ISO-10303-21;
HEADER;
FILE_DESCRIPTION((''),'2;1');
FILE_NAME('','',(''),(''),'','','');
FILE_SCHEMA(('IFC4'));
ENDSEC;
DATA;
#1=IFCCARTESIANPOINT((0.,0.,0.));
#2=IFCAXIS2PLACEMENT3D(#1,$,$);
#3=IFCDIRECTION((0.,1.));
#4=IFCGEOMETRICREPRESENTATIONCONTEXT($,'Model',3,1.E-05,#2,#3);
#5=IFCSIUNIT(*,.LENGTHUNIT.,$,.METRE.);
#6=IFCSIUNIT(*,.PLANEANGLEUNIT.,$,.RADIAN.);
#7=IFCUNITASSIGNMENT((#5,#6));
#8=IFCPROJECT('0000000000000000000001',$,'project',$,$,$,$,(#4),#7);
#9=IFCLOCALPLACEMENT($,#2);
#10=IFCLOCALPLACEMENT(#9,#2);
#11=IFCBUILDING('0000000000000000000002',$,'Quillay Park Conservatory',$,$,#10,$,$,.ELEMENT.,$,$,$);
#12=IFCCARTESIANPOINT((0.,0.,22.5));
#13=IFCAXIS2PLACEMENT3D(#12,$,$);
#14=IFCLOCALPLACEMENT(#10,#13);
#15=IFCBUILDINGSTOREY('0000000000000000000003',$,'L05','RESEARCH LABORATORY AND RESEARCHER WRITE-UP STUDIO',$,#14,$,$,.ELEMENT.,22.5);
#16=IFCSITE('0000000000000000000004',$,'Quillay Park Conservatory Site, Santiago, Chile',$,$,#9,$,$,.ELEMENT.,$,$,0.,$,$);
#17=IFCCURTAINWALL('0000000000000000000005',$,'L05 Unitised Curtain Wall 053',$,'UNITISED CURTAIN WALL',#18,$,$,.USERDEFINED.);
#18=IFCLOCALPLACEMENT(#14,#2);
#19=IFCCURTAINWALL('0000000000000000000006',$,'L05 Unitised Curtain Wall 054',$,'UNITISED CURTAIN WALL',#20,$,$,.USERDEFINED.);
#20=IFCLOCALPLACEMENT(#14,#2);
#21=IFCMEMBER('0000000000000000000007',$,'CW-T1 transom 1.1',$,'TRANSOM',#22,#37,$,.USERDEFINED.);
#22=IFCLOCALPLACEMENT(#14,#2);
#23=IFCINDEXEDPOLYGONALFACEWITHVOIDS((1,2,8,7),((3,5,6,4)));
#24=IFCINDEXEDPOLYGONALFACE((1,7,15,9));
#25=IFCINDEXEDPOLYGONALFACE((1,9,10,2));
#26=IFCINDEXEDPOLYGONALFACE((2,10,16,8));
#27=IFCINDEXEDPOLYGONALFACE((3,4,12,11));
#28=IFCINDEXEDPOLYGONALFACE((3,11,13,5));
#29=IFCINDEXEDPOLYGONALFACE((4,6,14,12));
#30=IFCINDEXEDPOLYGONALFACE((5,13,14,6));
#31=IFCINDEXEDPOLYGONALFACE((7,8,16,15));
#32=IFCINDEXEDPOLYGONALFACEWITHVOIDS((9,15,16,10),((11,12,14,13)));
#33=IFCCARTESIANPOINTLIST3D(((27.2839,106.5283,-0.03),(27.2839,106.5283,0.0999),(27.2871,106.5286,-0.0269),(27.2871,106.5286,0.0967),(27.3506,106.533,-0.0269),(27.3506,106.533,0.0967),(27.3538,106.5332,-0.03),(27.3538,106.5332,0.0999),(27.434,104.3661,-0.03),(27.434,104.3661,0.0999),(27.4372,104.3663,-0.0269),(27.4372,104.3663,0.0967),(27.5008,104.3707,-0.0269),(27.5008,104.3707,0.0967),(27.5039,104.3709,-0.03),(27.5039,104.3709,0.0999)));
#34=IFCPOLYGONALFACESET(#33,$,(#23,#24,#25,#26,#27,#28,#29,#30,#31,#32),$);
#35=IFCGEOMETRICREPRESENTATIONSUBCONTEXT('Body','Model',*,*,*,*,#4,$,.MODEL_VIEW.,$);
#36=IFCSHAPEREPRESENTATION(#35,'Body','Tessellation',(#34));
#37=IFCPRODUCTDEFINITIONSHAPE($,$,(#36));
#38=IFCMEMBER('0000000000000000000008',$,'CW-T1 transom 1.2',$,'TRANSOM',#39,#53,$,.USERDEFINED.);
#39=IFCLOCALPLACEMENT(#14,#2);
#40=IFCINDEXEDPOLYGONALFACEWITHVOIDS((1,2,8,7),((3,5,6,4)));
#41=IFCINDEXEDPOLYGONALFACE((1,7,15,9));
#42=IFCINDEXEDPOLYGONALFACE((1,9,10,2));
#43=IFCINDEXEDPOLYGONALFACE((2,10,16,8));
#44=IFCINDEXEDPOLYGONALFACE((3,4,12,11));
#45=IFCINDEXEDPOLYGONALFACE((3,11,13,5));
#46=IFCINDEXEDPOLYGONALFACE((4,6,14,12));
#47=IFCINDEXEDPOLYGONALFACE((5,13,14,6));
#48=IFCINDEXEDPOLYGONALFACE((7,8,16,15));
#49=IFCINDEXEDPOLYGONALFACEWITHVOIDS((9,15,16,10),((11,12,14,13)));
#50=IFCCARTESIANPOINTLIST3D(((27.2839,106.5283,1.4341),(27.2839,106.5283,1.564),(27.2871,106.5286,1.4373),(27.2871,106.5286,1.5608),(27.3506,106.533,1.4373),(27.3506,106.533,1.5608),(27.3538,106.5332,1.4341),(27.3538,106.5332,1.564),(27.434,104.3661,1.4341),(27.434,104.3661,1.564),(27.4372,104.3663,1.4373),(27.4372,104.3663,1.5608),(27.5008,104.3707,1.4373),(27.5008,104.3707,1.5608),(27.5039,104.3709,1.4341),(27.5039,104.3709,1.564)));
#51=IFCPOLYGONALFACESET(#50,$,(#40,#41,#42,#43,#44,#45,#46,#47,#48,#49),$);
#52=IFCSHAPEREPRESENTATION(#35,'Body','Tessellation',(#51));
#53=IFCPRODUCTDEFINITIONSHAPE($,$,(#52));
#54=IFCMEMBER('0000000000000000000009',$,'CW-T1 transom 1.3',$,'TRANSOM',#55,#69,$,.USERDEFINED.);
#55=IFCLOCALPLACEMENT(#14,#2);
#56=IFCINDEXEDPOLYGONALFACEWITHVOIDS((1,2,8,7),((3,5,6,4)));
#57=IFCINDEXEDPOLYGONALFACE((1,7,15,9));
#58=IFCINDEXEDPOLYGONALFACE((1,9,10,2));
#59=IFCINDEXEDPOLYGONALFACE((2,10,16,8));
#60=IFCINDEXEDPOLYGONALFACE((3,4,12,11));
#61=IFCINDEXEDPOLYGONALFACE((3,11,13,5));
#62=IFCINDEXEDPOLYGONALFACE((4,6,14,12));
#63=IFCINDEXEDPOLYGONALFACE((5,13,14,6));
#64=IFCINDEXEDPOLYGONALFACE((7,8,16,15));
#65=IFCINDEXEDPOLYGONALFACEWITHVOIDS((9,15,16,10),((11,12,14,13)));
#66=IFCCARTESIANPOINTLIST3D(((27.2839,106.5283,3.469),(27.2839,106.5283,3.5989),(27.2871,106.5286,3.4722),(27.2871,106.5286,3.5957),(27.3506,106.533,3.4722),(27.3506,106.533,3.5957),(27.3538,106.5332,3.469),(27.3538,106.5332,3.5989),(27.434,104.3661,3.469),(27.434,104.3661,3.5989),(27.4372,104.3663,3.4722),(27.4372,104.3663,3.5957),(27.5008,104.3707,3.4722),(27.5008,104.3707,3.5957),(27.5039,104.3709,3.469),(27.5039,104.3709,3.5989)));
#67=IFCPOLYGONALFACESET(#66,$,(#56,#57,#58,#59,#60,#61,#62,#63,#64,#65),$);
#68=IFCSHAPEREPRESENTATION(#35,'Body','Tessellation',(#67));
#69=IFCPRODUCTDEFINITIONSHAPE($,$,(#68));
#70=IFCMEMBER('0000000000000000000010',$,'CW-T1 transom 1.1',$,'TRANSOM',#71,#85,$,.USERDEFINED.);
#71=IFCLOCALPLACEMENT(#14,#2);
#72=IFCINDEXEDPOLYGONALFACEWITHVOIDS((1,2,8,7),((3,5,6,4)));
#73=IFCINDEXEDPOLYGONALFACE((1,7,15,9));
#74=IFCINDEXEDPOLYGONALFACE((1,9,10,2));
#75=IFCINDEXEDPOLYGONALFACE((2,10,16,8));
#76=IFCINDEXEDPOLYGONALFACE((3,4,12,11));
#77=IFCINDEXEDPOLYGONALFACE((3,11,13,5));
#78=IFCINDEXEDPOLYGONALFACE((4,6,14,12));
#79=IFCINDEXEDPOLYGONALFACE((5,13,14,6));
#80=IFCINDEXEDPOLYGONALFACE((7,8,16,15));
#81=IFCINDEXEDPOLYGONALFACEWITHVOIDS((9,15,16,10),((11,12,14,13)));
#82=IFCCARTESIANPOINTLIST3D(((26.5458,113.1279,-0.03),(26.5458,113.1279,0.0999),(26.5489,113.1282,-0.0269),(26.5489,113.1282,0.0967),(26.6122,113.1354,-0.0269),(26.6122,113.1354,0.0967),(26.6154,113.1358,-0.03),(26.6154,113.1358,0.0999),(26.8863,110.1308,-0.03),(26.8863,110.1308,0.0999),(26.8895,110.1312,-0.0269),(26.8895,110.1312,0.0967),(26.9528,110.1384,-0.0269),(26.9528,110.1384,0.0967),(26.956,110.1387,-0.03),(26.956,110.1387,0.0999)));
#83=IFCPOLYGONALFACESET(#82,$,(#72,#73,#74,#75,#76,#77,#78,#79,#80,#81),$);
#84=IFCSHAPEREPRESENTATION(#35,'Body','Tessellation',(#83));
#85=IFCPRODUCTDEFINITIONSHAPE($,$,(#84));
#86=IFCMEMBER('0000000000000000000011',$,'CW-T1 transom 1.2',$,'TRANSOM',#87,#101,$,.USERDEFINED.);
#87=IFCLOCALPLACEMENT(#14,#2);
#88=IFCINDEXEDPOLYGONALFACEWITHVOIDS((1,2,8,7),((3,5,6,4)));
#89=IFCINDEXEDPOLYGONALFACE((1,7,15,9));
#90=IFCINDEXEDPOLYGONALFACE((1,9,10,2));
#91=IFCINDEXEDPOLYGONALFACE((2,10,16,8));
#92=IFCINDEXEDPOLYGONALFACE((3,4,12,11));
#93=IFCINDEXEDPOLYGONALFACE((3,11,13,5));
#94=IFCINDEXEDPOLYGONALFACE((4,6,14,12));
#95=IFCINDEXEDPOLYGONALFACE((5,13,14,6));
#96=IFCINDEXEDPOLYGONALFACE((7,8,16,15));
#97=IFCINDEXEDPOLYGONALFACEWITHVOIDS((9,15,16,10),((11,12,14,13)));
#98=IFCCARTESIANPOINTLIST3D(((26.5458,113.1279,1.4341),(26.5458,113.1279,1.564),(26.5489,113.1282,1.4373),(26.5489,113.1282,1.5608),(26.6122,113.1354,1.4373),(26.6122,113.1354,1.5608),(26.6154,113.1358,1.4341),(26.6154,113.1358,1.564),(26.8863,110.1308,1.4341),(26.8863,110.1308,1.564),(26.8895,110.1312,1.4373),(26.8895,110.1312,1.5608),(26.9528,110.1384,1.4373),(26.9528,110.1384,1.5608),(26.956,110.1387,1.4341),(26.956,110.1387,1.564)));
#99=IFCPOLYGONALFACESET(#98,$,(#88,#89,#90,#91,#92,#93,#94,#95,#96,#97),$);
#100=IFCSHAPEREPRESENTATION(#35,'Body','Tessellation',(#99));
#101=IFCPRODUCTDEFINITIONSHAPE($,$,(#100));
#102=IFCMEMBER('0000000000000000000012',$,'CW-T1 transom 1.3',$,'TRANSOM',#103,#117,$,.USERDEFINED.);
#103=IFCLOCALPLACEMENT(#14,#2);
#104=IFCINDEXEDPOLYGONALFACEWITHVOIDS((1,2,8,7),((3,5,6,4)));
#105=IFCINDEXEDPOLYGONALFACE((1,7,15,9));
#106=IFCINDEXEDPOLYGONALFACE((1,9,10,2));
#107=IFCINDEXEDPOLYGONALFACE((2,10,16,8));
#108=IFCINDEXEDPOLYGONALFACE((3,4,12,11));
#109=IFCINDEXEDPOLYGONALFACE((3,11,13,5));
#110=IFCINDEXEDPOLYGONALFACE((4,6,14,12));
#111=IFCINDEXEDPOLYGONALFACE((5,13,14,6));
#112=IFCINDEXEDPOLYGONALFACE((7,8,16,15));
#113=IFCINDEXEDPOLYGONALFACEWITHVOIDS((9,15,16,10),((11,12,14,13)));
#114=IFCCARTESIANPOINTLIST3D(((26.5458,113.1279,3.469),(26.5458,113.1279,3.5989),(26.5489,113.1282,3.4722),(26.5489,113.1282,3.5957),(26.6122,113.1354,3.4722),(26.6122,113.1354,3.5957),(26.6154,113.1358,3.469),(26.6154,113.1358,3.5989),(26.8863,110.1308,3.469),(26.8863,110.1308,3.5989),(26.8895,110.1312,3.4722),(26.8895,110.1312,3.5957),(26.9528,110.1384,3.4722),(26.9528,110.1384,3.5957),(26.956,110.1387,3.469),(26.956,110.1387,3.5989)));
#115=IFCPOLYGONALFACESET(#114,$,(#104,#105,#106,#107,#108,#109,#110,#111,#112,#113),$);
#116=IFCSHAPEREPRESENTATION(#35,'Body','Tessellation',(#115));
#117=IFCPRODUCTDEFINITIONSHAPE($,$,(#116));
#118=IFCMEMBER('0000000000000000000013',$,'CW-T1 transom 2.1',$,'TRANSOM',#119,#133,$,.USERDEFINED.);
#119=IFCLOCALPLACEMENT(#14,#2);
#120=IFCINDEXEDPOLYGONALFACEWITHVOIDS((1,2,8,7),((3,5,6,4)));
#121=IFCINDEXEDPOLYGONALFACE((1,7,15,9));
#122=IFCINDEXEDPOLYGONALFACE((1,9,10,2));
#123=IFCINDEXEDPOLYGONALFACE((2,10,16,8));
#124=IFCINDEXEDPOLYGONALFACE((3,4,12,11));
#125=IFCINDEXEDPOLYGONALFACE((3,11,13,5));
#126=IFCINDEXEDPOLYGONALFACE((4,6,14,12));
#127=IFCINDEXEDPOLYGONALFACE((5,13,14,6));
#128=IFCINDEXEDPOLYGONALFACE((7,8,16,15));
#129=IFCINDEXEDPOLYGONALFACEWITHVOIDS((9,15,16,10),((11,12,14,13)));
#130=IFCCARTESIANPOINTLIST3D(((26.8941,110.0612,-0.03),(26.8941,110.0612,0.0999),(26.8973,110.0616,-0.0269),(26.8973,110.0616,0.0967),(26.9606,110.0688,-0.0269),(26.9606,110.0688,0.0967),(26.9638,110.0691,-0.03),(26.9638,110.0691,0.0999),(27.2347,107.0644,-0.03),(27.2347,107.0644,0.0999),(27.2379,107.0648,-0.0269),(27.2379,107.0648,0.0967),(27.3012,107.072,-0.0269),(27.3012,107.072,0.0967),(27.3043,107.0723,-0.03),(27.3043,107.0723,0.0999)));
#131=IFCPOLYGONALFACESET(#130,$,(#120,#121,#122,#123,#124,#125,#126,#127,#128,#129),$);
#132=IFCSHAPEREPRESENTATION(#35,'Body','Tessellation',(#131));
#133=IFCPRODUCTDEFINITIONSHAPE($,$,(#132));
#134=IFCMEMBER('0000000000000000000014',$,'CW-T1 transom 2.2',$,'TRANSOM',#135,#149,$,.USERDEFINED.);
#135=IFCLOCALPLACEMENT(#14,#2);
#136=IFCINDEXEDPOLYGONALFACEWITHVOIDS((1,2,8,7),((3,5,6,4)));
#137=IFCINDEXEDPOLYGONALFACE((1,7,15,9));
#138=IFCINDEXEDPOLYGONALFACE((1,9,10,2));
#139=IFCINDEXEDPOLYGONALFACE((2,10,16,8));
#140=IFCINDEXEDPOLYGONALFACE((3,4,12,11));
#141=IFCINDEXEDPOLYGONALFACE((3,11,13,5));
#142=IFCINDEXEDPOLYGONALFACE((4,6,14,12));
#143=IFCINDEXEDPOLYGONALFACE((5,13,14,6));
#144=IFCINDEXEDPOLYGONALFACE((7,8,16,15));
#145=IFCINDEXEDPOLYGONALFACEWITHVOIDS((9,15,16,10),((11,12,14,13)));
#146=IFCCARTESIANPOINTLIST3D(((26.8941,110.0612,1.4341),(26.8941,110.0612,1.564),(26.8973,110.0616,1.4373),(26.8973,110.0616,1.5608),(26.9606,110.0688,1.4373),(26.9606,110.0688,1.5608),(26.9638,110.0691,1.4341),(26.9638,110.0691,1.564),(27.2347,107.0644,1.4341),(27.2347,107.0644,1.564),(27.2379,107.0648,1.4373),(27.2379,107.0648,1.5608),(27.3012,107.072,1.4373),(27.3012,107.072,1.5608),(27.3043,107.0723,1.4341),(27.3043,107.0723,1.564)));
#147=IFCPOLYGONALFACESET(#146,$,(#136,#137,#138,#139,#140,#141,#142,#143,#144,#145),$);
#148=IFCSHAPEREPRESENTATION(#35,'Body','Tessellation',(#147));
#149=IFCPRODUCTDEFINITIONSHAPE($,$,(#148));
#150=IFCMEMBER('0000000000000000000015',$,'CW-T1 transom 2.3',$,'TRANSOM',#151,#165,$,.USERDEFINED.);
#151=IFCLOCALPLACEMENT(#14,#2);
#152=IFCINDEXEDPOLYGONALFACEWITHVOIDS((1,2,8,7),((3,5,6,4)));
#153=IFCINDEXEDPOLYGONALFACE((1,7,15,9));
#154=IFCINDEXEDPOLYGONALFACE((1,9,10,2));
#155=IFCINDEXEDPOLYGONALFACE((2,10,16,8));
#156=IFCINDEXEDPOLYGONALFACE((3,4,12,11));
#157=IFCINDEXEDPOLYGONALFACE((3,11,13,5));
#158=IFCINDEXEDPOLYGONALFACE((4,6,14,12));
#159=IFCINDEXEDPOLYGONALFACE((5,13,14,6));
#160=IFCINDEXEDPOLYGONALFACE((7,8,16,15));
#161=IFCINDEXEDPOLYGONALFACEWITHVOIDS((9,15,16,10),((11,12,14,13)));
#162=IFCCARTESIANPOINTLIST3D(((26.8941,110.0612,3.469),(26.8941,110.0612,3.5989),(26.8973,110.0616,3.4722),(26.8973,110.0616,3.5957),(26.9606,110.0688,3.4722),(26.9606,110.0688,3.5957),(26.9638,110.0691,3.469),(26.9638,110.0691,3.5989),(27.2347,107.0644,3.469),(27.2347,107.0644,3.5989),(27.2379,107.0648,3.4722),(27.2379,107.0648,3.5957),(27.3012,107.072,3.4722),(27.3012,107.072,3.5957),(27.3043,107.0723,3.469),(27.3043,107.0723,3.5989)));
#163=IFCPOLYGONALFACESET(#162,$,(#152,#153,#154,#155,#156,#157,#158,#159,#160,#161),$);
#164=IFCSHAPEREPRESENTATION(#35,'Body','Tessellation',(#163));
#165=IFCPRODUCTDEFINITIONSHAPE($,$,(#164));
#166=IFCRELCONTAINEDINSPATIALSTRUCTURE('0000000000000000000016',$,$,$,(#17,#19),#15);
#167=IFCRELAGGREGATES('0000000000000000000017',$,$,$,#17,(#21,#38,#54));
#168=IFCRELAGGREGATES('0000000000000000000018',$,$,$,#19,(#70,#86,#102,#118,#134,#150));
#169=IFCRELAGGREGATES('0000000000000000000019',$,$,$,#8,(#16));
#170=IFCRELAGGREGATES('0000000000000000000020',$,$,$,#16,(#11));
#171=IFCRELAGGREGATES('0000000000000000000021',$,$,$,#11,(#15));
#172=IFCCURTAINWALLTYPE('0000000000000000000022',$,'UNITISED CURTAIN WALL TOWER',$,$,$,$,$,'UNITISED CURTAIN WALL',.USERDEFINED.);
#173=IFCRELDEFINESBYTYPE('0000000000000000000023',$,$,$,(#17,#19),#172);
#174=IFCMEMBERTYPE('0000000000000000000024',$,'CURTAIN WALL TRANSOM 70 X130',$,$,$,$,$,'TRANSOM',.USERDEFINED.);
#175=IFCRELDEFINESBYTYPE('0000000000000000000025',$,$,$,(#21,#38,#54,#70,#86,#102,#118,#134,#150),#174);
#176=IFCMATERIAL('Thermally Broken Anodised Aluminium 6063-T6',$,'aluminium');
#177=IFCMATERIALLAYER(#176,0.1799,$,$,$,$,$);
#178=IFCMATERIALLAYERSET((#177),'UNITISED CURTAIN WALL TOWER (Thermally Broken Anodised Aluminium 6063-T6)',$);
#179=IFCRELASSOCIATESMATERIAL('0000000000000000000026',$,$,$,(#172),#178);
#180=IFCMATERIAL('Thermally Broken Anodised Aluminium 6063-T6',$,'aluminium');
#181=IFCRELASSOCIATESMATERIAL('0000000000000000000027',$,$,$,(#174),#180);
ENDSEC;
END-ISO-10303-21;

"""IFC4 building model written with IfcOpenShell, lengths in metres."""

from ifc_helpers import new_model, si_unit, direction, frame, origin, origin_2d, place, context, subcontext, project, spatial, hollow_rectangle, extrude, material, layer, layer_set, material_profile, profile_set, type_object, element, aggregate, save


model = new_model("IFC4")

# Units and contexts
model_context = context("Model", 3, precision=1e-05, world=origin(), true_north=direction((0.0, 1.0)))
body_context = subcontext(model_context, "Body", "Model", "MODEL_VIEW")
ifc_project = project(units=[si_unit("LENGTHUNIT", "METRE"), si_unit("PLANEANGLEUNIT", "RADIAN")], contexts=[model_context])

# Site, building, storey
site_placement = place(None, origin())
site = spatial("IfcSite", under=ifc_project, at=site_placement, Name="Quillay Park Conservatory Site, Santiago, Chile", CompositionType="ELEMENT", RefElevation=0.0)
building_placement = place(site_placement, origin())
building = spatial("IfcBuilding", under=site, at=building_placement, Name="Quillay Park Conservatory", CompositionType="ELEMENT")
storey_placement = place(building_placement, frame((0.0, 0.0, 22.5)))
storey = spatial("IfcBuildingStorey", under=building, at=storey_placement, Name="L05", Description="RESEARCH LABORATORY AND RESEARCHER WRITE-UP STUDIO", CompositionType="ELEMENT", Elevation=22.5)

# Curtain wall
ifc_material_1 = material(Name="Thermally Broken Anodised Aluminium 6063-T6", Category="aluminium")
ifc_layer_1 = layer(ifc_material_1, 0.1799)
ifc_layer_set_1 = layer_set([ifc_layer_1], Name="UNITISED CURTAIN WALL TOWER (Thermally Broken Anodised Aluminium 6063-T6)")
curtain_wall_type = type_object("IfcCurtainWallType", Name="UNITISED CURTAIN WALL TOWER", ElementType="UNITISED CURTAIN WALL", PredefinedType="USERDEFINED", material=ifc_layer_set_1)
curtain_wall_1_placement = place(storey_placement, origin())
curtain_wall_1 = element("IfcCurtainWall", 1, at=curtain_wall_1_placement, inside=storey, type_object=curtain_wall_type, Name="L05 Unitised Curtain Wall 053", ObjectType="UNITISED CURTAIN WALL", PredefinedType="USERDEFINED")

# Curtain wall
curtain_wall_2_placement = place(storey_placement, origin())
curtain_wall_2 = element("IfcCurtainWall", 2, at=curtain_wall_2_placement, inside=storey, type_object=curtain_wall_type, Name="L05 Unitised Curtain Wall 054", ObjectType="UNITISED CURTAIN WALL", PredefinedType="USERDEFINED")

# Members
ifc_material_2 = material(Name="Thermally Broken Anodised Aluminium 6063-T6", Category="aluminium")
ifc_material_profile_1 = material_profile(ifc_material_2, hollow_rectangle(XDim=0.0701, YDim=0.1299, WallThickness=0.0032, at=origin_2d()), Name="AL70x130x3.2")
ifc_profile_set_1 = profile_set([ifc_material_profile_1], Name="Thermally Broken Anodised Aluminium 6063-T6")
member_type_1 = type_object("IfcMemberType", Name="CURTAIN WALL TRANSOM 70 X130", ElementType="TRANSOM", PredefinedType="USERDEFINED", material=ifc_profile_set_1)
member_1_placement = place(storey_placement, frame((27.3188, 106.5308, 0.0349), z_axis=(0.06927, -0.997598, 0.0), x_axis=(0.997598, 0.06927, 0.0)))
member_1 = element("IfcMember", 3, at=member_1_placement, type_object=member_type_1, Name="CW-T1 transom 1.1", ObjectType="TRANSOM", PredefinedType="USERDEFINED", context=body_context, shape_type="SweptSolid", body=[
    extrude(hollow_rectangle(XDim=0.0701, YDim=0.1299, WallThickness=0.0032, at=origin_2d()), origin(), (0.0, 0.0, 1.0), 2.1675),
])
member_2_placement = place(storey_placement, frame((27.3188, 106.5308, 1.499), z_axis=(0.06927, -0.997598, 0.0), x_axis=(0.997598, 0.06927, 0.0)))
member_2 = element("IfcMember", 4, at=member_2_placement, type_object=member_type_1, Name="CW-T1 transom 1.2", ObjectType="TRANSOM", PredefinedType="USERDEFINED", context=body_context, shape_type="SweptSolid", body=[
    extrude(hollow_rectangle(XDim=0.0701, YDim=0.1299, WallThickness=0.0032, at=origin_2d()), origin(), (0.0, 0.0, 1.0), 2.1675),
])
member_3_placement = place(storey_placement, frame((27.3188, 106.5308, 3.5339), z_axis=(0.06927, -0.997598, 0.0), x_axis=(0.997598, 0.06927, 0.0)))
member_3 = element("IfcMember", 5, at=member_3_placement, type_object=member_type_1, Name="CW-T1 transom 1.3", ObjectType="TRANSOM", PredefinedType="USERDEFINED", context=body_context, shape_type="SweptSolid", body=[
    extrude(hollow_rectangle(XDim=0.0701, YDim=0.1299, WallThickness=0.0032, at=origin_2d()), origin(), (0.0, 0.0, 1.0), 2.1675),
])
member_4_placement = place(storey_placement, frame((26.5806, 113.1318, 0.0349), z_axis=(0.11291, -0.993605, 0.0), x_axis=(0.993605, 0.11291, 0.0)))
member_4 = element("IfcMember", 6, at=member_4_placement, type_object=member_type_1, Name="CW-T1 transom 1.1", ObjectType="TRANSOM", PredefinedType="USERDEFINED", context=body_context, shape_type="SweptSolid", body=[
    extrude(hollow_rectangle(XDim=0.0701, YDim=0.1299, WallThickness=0.0032, at=origin_2d()), origin(), (0.0, 0.0, 1.0), 3.0164),
])
member_5_placement = place(storey_placement, frame((26.5806, 113.1318, 1.499), z_axis=(0.11291, -0.993605, 0.0), x_axis=(0.993605, 0.11291, 0.0)))
member_5 = element("IfcMember", 7, at=member_5_placement, type_object=member_type_1, Name="CW-T1 transom 1.2", ObjectType="TRANSOM", PredefinedType="USERDEFINED", context=body_context, shape_type="SweptSolid", body=[
    extrude(hollow_rectangle(XDim=0.0701, YDim=0.1299, WallThickness=0.0032, at=origin_2d()), origin(), (0.0, 0.0, 1.0), 3.0164),
])
member_6_placement = place(storey_placement, frame((26.5806, 113.1318, 3.5339), z_axis=(0.11291, -0.993605, 0.0), x_axis=(0.993605, 0.11291, 0.0)))
member_6 = element("IfcMember", 8, at=member_6_placement, type_object=member_type_1, Name="CW-T1 transom 1.3", ObjectType="TRANSOM", PredefinedType="USERDEFINED", context=body_context, shape_type="SweptSolid", body=[
    extrude(hollow_rectangle(XDim=0.0701, YDim=0.1299, WallThickness=0.0032, at=origin_2d()), origin(), (0.0, 0.0, 1.0), 3.0164),
])
member_7_placement = place(storey_placement, frame((26.929, 110.0652, 0.0349), z_axis=(0.112919, -0.993604, 0.0), x_axis=(0.993604, 0.112919, 0.0)))
member_7 = element("IfcMember", 9, at=member_7_placement, type_object=member_type_1, Name="CW-T1 transom 2.1", ObjectType="TRANSOM", PredefinedType="USERDEFINED", context=body_context, shape_type="SweptSolid", body=[
    extrude(hollow_rectangle(XDim=0.0701, YDim=0.1299, WallThickness=0.0032, at=origin_2d()), origin(), (0.0, 0.0, 1.0), 3.0161),
])
member_8_placement = place(storey_placement, frame((26.929, 110.0652, 1.499), z_axis=(0.112919, -0.993604, 0.0), x_axis=(0.993604, 0.112919, 0.0)))
member_8 = element("IfcMember", 10, at=member_8_placement, type_object=member_type_1, Name="CW-T1 transom 2.2", ObjectType="TRANSOM", PredefinedType="USERDEFINED", context=body_context, shape_type="SweptSolid", body=[
    extrude(hollow_rectangle(XDim=0.0701, YDim=0.1299, WallThickness=0.0032, at=origin_2d()), origin(), (0.0, 0.0, 1.0), 3.0161),
])
member_9_placement = place(storey_placement, frame((26.929, 110.0652, 3.5339), z_axis=(0.112919, -0.993604, 0.0), x_axis=(0.993604, 0.112919, 0.0)))
member_9 = element("IfcMember", 11, at=member_9_placement, type_object=member_type_1, Name="CW-T1 transom 2.3", ObjectType="TRANSOM", PredefinedType="USERDEFINED", context=body_context, shape_type="SweptSolid", body=[
    extrude(hollow_rectangle(XDim=0.0701, YDim=0.1299, WallThickness=0.0032, at=origin_2d()), origin(), (0.0, 0.0, 1.0), 3.0161),
])

aggregate(curtain_wall_1, [member_1, member_2, member_3])
aggregate(curtain_wall_2, [member_4, member_5, member_6, member_7, member_8, member_9])

save(model, "model.ifc")
